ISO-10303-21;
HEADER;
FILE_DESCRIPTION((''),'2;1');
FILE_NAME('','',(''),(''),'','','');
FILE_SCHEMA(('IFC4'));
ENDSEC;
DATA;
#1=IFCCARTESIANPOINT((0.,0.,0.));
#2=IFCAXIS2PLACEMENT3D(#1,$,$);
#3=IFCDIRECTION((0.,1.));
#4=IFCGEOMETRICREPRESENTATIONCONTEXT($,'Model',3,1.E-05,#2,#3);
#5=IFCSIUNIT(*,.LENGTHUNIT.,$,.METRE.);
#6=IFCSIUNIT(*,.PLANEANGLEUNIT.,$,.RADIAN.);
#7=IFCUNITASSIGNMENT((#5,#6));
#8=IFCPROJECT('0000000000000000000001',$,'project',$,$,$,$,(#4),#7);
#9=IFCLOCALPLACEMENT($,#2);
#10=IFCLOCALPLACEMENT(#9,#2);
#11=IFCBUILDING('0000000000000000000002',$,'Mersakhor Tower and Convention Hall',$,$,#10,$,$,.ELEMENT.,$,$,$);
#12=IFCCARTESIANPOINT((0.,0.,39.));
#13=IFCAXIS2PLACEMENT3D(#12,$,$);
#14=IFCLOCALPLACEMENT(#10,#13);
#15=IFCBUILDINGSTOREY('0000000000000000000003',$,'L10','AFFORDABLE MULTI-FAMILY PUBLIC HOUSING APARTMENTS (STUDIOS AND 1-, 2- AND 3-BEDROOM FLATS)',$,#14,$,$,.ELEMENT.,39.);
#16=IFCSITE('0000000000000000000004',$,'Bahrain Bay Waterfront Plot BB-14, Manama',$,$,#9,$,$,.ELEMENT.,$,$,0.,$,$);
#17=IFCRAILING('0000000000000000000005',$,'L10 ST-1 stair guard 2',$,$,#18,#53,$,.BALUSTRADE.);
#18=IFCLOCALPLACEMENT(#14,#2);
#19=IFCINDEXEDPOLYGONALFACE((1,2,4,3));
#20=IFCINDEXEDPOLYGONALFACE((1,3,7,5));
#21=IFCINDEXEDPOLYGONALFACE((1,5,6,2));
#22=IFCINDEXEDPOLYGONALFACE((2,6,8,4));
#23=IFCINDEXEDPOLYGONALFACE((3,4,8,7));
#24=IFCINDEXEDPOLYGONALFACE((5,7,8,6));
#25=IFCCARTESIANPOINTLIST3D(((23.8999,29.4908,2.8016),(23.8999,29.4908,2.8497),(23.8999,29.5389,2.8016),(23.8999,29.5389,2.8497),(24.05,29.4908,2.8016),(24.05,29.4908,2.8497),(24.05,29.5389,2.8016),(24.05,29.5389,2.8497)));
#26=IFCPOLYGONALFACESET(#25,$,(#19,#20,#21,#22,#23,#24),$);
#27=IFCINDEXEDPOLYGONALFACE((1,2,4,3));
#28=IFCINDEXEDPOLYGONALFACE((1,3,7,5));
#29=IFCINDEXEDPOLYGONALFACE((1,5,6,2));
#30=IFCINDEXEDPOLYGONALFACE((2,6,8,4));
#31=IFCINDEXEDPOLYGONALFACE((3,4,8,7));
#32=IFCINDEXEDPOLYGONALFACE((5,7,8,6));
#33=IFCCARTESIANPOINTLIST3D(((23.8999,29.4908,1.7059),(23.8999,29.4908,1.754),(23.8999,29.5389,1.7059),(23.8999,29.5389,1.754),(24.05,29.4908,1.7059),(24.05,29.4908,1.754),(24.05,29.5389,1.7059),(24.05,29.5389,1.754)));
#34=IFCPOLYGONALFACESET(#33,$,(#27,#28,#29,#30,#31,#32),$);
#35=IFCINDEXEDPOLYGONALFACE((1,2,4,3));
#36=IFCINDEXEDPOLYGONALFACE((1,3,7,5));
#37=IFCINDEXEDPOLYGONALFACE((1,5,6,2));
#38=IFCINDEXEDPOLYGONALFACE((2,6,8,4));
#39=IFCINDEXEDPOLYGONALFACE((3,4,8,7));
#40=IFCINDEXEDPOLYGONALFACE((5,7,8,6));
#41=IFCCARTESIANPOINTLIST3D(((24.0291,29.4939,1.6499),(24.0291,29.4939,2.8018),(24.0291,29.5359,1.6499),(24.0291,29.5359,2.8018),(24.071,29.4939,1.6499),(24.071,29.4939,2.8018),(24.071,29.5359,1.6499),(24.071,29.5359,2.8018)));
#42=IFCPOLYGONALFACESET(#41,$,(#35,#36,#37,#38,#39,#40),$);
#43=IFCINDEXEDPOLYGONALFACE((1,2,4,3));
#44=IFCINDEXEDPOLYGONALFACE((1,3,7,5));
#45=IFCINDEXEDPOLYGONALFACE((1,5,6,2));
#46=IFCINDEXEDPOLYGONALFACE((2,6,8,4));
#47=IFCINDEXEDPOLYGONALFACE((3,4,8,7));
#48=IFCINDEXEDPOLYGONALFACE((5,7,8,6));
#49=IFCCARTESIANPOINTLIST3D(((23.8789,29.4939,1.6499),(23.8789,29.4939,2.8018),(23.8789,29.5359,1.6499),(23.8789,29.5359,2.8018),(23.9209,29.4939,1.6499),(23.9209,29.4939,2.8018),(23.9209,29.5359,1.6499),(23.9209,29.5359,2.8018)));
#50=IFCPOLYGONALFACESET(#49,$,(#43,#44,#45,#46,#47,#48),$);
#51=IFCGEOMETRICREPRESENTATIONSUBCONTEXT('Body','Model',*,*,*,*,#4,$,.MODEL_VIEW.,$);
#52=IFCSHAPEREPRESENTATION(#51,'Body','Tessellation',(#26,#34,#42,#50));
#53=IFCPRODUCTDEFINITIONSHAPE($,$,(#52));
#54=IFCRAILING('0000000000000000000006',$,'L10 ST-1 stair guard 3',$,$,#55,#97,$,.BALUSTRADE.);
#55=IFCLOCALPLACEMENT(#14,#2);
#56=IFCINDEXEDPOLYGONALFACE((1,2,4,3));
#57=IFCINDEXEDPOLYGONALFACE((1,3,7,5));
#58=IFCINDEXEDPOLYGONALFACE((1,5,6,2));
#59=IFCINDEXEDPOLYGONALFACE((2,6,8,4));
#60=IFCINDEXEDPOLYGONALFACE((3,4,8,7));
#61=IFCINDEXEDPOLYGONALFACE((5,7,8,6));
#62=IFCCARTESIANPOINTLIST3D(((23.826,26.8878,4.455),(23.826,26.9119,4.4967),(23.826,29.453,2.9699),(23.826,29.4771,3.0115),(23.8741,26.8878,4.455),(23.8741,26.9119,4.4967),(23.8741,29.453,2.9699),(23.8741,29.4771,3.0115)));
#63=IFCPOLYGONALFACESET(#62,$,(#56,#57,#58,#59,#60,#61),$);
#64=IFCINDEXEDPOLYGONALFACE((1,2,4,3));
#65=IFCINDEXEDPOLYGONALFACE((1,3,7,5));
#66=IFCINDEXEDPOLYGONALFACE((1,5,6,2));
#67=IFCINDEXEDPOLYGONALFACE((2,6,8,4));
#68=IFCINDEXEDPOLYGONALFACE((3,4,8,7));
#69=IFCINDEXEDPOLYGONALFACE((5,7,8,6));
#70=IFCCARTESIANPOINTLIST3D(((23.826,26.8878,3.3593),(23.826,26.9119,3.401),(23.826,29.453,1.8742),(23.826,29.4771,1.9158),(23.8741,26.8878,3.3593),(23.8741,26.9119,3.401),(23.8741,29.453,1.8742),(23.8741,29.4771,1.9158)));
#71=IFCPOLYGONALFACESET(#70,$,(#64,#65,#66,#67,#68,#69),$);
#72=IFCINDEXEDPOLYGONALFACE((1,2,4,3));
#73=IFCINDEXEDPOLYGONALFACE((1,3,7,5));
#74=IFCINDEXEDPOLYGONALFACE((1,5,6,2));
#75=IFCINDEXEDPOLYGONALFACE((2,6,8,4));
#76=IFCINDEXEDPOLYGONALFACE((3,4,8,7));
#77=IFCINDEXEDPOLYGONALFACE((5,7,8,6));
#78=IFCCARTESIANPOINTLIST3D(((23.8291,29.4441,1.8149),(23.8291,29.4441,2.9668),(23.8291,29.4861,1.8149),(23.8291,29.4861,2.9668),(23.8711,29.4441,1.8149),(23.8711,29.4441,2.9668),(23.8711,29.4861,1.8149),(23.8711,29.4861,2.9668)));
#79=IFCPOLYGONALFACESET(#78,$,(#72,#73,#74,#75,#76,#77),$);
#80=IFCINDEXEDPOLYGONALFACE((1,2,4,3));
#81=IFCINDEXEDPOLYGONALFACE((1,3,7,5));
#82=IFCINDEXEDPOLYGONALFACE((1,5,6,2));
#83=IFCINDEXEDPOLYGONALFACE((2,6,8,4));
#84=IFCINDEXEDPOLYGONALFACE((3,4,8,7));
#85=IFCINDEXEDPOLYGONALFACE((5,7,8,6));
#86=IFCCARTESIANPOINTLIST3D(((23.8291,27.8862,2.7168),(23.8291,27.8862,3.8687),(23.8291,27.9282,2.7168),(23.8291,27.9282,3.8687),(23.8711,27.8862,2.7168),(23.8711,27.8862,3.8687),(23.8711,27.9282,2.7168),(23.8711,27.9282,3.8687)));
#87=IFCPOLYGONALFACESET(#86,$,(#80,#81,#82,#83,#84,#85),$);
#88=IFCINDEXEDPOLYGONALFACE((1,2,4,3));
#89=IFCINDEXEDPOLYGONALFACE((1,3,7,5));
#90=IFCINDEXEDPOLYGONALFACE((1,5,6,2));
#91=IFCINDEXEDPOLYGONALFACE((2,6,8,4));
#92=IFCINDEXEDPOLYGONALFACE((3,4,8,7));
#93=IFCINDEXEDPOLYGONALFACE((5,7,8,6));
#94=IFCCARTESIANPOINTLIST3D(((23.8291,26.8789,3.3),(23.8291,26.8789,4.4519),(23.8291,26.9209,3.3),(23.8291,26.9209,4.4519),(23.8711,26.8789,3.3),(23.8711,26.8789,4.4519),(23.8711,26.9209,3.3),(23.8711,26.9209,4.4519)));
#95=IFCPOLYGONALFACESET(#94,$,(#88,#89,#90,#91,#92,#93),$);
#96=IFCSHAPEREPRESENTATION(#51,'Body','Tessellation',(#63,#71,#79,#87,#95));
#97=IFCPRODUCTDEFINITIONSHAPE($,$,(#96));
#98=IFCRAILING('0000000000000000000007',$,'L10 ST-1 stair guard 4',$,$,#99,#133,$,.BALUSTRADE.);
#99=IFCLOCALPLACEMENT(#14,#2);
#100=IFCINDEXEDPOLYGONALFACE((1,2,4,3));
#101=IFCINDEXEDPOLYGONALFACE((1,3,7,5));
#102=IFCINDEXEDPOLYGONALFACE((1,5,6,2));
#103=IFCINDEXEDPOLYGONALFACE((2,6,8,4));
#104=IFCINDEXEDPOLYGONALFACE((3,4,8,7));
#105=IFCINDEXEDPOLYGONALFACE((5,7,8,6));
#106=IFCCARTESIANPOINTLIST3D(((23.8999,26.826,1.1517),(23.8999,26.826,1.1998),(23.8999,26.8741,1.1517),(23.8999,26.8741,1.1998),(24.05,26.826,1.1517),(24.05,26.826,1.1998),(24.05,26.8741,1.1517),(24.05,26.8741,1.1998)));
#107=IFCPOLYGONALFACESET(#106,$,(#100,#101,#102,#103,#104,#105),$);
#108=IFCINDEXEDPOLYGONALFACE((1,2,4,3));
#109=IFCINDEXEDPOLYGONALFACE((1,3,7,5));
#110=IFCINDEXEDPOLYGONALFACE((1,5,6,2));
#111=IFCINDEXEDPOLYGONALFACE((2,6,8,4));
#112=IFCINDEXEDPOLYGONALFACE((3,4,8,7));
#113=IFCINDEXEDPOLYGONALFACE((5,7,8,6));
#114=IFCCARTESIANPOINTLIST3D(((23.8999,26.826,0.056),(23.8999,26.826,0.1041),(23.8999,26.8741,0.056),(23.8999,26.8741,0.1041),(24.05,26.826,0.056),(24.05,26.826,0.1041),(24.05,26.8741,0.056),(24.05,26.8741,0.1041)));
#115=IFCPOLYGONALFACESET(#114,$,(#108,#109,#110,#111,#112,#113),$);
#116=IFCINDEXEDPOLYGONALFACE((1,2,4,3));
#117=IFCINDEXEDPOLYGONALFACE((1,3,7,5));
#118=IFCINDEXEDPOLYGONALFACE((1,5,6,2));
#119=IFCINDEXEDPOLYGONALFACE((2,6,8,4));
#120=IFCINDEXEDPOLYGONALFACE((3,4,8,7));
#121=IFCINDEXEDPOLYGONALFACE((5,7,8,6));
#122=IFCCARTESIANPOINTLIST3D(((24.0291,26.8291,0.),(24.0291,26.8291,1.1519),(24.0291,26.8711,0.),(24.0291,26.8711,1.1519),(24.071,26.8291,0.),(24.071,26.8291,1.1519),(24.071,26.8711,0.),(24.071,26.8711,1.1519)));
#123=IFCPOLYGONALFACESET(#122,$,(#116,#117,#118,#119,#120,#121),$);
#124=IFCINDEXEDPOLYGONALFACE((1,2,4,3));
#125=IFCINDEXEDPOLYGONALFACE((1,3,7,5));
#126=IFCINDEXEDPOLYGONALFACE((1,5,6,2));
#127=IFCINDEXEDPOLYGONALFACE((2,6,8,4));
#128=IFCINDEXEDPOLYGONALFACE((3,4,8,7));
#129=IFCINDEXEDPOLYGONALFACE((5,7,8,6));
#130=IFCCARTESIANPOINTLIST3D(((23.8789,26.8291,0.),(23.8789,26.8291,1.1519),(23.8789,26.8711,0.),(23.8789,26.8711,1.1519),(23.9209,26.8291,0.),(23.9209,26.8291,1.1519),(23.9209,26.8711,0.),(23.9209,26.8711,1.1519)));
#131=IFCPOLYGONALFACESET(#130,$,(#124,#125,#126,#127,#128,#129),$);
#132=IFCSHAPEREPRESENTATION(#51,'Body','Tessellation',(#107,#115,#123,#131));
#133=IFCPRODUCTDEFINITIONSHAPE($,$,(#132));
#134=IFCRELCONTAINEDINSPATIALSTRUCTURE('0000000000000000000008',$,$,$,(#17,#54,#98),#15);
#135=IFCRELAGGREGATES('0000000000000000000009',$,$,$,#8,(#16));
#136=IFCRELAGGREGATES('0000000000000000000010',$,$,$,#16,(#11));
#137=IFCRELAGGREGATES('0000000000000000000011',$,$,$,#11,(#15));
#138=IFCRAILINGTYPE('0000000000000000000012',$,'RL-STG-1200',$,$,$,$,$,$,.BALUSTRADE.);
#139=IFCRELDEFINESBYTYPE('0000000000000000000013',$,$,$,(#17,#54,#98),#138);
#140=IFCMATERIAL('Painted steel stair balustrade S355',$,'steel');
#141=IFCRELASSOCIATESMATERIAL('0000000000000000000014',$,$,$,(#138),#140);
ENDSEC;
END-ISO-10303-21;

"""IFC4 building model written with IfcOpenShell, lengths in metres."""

from ifc_helpers import new_model, si_unit, direction, frame, origin, origin_2d, place, context, subcontext, project, spatial, rectangle, extrude, material, type_object, element, save


model = new_model("IFC4")

# Units and contexts
model_context = context("Model", 3, precision=1e-05, world=origin(), true_north=direction((0.0, 1.0)))
body_context = subcontext(model_context, "Body", "Model", "MODEL_VIEW")
ifc_project = project(units=[si_unit("LENGTHUNIT", "METRE"), si_unit("PLANEANGLEUNIT", "RADIAN")], contexts=[model_context])

# Site, building, storey
site_placement = place(None, origin())
site = spatial("IfcSite", under=ifc_project, at=site_placement, Name="Bahrain Bay Waterfront Plot BB-14, Manama", CompositionType="ELEMENT", RefElevation=0.0)
building_placement = place(site_placement, origin())
building = spatial("IfcBuilding", under=site, at=building_placement, Name="Mersakhor Tower and Convention Hall", CompositionType="ELEMENT")
storey_placement = place(building_placement, frame((0.0, 0.0, 39.0)))
storey = spatial("IfcBuildingStorey", under=building, at=storey_placement, Name="L10", Description="AFFORDABLE MULTI-FAMILY PUBLIC HOUSING APARTMENTS (STUDIOS AND 1-, 2- AND 3-BEDROOM FLATS)", CompositionType="ELEMENT", Elevation=39.0)

# Railings
ifc_material_1 = material(Name="Painted steel stair balustrade S355", Category="steel")
railing_type_1 = type_object("IfcRailingType", Name="RL-STG-1200", PredefinedType="BALUSTRADE", material=ifc_material_1)
railing_1_placement = place(storey_placement, frame((24.05, 29.5149, 1.6499)))
element("IfcRailing", 1, at=railing_1_placement, inside=storey, type_object=railing_type_1, Name="L10 ST-1 stair guard 2", PredefinedType="BALUSTRADE", context=body_context, shape_type="SweptSolid", body=[
    extrude(rectangle(XDim=0.0481, YDim=0.0481, at=origin_2d()), frame((0.0, 0.0, 1.1758), z_axis=(-1.0, 0.0, 0.0), x_axis=(0.0, -1.0, 0.0)), (0.0, 0.0, 1.0), 0.1501),
    extrude(rectangle(XDim=0.0481, YDim=0.0481, at=origin_2d()), frame((0.0, 0.0, 0.0801), z_axis=(-1.0, 0.0, 0.0), x_axis=(0.0, -1.0, 0.0)), (0.0, 0.0, 1.0), 0.1501),
    extrude(rectangle(XDim=0.042, YDim=0.042, at=origin_2d()), origin(), (0.0, 0.0, 1.0), 1.1519),
    extrude(rectangle(XDim=0.042, YDim=0.042, at=origin_2d()), frame((-0.1501, 0.0, 0.0)), (0.0, 0.0, 1.0), 1.1519),
])
railing_2_placement = place(storey_placement, frame((23.8501, 29.4651, 1.8149)))
element("IfcRailing", 2, at=railing_2_placement, inside=storey, type_object=railing_type_1, Name="L10 ST-1 stair guard 3", PredefinedType="BALUSTRADE", context=body_context, shape_type="SweptSolid", body=[
    extrude(rectangle(XDim=0.0481, YDim=0.0481, at=origin_2d()), frame((0.0, 0.0, 1.1758), z_axis=(0.0, -0.865426, 0.501036), x_axis=(1.0, 0.0, 0.0)), (0.0, 0.0, 1.0), 2.9641),
    extrude(rectangle(XDim=0.0481, YDim=0.0481, at=origin_2d()), frame((0.0, 0.0, 0.0801), z_axis=(0.0, -0.865426, 0.501036), x_axis=(1.0, 0.0, 0.0)), (0.0, 0.0, 1.0), 2.9641),
    extrude(rectangle(XDim=0.042, YDim=0.042, at=origin_2d()), origin(), (0.0, 0.0, 1.0), 1.1519),
    extrude(rectangle(XDim=0.042, YDim=0.042, at=origin_2d()), frame((0.0, -1.5579, 0.9019)), (0.0, 0.0, 1.0), 1.1519),
    extrude(rectangle(XDim=0.042, YDim=0.042, at=origin_2d()), frame((0.0, -2.5652, 1.4851)), (0.0, 0.0, 1.0), 1.1519),
])
railing_3_placement = place(storey_placement, frame((24.05, 26.8501, 0.0)))
element("IfcRailing", 3, at=railing_3_placement, inside=storey, type_object=railing_type_1, Name="L10 ST-1 stair guard 4", PredefinedType="BALUSTRADE", context=body_context, shape_type="SweptSolid", body=[
    extrude(rectangle(XDim=0.0481, YDim=0.0481, at=origin_2d()), frame((0.0, 0.0, 1.1758), z_axis=(-1.0, 0.0, 0.0), x_axis=(0.0, -1.0, 0.0)), (0.0, 0.0, 1.0), 0.1501),
    extrude(rectangle(XDim=0.0481, YDim=0.0481, at=origin_2d()), frame((0.0, 0.0, 0.0801), z_axis=(-1.0, 0.0, 0.0), x_axis=(0.0, -1.0, 0.0)), (0.0, 0.0, 1.0), 0.1501),
    extrude(rectangle(XDim=0.042, YDim=0.042, at=origin_2d()), origin(), (0.0, 0.0, 1.0), 1.1519),
    extrude(rectangle(XDim=0.042, YDim=0.042, at=origin_2d()), frame((-0.1501, 0.0, 0.0)), (0.0, 0.0, 1.0), 1.1519),
])

save(model, "model.ifc")
